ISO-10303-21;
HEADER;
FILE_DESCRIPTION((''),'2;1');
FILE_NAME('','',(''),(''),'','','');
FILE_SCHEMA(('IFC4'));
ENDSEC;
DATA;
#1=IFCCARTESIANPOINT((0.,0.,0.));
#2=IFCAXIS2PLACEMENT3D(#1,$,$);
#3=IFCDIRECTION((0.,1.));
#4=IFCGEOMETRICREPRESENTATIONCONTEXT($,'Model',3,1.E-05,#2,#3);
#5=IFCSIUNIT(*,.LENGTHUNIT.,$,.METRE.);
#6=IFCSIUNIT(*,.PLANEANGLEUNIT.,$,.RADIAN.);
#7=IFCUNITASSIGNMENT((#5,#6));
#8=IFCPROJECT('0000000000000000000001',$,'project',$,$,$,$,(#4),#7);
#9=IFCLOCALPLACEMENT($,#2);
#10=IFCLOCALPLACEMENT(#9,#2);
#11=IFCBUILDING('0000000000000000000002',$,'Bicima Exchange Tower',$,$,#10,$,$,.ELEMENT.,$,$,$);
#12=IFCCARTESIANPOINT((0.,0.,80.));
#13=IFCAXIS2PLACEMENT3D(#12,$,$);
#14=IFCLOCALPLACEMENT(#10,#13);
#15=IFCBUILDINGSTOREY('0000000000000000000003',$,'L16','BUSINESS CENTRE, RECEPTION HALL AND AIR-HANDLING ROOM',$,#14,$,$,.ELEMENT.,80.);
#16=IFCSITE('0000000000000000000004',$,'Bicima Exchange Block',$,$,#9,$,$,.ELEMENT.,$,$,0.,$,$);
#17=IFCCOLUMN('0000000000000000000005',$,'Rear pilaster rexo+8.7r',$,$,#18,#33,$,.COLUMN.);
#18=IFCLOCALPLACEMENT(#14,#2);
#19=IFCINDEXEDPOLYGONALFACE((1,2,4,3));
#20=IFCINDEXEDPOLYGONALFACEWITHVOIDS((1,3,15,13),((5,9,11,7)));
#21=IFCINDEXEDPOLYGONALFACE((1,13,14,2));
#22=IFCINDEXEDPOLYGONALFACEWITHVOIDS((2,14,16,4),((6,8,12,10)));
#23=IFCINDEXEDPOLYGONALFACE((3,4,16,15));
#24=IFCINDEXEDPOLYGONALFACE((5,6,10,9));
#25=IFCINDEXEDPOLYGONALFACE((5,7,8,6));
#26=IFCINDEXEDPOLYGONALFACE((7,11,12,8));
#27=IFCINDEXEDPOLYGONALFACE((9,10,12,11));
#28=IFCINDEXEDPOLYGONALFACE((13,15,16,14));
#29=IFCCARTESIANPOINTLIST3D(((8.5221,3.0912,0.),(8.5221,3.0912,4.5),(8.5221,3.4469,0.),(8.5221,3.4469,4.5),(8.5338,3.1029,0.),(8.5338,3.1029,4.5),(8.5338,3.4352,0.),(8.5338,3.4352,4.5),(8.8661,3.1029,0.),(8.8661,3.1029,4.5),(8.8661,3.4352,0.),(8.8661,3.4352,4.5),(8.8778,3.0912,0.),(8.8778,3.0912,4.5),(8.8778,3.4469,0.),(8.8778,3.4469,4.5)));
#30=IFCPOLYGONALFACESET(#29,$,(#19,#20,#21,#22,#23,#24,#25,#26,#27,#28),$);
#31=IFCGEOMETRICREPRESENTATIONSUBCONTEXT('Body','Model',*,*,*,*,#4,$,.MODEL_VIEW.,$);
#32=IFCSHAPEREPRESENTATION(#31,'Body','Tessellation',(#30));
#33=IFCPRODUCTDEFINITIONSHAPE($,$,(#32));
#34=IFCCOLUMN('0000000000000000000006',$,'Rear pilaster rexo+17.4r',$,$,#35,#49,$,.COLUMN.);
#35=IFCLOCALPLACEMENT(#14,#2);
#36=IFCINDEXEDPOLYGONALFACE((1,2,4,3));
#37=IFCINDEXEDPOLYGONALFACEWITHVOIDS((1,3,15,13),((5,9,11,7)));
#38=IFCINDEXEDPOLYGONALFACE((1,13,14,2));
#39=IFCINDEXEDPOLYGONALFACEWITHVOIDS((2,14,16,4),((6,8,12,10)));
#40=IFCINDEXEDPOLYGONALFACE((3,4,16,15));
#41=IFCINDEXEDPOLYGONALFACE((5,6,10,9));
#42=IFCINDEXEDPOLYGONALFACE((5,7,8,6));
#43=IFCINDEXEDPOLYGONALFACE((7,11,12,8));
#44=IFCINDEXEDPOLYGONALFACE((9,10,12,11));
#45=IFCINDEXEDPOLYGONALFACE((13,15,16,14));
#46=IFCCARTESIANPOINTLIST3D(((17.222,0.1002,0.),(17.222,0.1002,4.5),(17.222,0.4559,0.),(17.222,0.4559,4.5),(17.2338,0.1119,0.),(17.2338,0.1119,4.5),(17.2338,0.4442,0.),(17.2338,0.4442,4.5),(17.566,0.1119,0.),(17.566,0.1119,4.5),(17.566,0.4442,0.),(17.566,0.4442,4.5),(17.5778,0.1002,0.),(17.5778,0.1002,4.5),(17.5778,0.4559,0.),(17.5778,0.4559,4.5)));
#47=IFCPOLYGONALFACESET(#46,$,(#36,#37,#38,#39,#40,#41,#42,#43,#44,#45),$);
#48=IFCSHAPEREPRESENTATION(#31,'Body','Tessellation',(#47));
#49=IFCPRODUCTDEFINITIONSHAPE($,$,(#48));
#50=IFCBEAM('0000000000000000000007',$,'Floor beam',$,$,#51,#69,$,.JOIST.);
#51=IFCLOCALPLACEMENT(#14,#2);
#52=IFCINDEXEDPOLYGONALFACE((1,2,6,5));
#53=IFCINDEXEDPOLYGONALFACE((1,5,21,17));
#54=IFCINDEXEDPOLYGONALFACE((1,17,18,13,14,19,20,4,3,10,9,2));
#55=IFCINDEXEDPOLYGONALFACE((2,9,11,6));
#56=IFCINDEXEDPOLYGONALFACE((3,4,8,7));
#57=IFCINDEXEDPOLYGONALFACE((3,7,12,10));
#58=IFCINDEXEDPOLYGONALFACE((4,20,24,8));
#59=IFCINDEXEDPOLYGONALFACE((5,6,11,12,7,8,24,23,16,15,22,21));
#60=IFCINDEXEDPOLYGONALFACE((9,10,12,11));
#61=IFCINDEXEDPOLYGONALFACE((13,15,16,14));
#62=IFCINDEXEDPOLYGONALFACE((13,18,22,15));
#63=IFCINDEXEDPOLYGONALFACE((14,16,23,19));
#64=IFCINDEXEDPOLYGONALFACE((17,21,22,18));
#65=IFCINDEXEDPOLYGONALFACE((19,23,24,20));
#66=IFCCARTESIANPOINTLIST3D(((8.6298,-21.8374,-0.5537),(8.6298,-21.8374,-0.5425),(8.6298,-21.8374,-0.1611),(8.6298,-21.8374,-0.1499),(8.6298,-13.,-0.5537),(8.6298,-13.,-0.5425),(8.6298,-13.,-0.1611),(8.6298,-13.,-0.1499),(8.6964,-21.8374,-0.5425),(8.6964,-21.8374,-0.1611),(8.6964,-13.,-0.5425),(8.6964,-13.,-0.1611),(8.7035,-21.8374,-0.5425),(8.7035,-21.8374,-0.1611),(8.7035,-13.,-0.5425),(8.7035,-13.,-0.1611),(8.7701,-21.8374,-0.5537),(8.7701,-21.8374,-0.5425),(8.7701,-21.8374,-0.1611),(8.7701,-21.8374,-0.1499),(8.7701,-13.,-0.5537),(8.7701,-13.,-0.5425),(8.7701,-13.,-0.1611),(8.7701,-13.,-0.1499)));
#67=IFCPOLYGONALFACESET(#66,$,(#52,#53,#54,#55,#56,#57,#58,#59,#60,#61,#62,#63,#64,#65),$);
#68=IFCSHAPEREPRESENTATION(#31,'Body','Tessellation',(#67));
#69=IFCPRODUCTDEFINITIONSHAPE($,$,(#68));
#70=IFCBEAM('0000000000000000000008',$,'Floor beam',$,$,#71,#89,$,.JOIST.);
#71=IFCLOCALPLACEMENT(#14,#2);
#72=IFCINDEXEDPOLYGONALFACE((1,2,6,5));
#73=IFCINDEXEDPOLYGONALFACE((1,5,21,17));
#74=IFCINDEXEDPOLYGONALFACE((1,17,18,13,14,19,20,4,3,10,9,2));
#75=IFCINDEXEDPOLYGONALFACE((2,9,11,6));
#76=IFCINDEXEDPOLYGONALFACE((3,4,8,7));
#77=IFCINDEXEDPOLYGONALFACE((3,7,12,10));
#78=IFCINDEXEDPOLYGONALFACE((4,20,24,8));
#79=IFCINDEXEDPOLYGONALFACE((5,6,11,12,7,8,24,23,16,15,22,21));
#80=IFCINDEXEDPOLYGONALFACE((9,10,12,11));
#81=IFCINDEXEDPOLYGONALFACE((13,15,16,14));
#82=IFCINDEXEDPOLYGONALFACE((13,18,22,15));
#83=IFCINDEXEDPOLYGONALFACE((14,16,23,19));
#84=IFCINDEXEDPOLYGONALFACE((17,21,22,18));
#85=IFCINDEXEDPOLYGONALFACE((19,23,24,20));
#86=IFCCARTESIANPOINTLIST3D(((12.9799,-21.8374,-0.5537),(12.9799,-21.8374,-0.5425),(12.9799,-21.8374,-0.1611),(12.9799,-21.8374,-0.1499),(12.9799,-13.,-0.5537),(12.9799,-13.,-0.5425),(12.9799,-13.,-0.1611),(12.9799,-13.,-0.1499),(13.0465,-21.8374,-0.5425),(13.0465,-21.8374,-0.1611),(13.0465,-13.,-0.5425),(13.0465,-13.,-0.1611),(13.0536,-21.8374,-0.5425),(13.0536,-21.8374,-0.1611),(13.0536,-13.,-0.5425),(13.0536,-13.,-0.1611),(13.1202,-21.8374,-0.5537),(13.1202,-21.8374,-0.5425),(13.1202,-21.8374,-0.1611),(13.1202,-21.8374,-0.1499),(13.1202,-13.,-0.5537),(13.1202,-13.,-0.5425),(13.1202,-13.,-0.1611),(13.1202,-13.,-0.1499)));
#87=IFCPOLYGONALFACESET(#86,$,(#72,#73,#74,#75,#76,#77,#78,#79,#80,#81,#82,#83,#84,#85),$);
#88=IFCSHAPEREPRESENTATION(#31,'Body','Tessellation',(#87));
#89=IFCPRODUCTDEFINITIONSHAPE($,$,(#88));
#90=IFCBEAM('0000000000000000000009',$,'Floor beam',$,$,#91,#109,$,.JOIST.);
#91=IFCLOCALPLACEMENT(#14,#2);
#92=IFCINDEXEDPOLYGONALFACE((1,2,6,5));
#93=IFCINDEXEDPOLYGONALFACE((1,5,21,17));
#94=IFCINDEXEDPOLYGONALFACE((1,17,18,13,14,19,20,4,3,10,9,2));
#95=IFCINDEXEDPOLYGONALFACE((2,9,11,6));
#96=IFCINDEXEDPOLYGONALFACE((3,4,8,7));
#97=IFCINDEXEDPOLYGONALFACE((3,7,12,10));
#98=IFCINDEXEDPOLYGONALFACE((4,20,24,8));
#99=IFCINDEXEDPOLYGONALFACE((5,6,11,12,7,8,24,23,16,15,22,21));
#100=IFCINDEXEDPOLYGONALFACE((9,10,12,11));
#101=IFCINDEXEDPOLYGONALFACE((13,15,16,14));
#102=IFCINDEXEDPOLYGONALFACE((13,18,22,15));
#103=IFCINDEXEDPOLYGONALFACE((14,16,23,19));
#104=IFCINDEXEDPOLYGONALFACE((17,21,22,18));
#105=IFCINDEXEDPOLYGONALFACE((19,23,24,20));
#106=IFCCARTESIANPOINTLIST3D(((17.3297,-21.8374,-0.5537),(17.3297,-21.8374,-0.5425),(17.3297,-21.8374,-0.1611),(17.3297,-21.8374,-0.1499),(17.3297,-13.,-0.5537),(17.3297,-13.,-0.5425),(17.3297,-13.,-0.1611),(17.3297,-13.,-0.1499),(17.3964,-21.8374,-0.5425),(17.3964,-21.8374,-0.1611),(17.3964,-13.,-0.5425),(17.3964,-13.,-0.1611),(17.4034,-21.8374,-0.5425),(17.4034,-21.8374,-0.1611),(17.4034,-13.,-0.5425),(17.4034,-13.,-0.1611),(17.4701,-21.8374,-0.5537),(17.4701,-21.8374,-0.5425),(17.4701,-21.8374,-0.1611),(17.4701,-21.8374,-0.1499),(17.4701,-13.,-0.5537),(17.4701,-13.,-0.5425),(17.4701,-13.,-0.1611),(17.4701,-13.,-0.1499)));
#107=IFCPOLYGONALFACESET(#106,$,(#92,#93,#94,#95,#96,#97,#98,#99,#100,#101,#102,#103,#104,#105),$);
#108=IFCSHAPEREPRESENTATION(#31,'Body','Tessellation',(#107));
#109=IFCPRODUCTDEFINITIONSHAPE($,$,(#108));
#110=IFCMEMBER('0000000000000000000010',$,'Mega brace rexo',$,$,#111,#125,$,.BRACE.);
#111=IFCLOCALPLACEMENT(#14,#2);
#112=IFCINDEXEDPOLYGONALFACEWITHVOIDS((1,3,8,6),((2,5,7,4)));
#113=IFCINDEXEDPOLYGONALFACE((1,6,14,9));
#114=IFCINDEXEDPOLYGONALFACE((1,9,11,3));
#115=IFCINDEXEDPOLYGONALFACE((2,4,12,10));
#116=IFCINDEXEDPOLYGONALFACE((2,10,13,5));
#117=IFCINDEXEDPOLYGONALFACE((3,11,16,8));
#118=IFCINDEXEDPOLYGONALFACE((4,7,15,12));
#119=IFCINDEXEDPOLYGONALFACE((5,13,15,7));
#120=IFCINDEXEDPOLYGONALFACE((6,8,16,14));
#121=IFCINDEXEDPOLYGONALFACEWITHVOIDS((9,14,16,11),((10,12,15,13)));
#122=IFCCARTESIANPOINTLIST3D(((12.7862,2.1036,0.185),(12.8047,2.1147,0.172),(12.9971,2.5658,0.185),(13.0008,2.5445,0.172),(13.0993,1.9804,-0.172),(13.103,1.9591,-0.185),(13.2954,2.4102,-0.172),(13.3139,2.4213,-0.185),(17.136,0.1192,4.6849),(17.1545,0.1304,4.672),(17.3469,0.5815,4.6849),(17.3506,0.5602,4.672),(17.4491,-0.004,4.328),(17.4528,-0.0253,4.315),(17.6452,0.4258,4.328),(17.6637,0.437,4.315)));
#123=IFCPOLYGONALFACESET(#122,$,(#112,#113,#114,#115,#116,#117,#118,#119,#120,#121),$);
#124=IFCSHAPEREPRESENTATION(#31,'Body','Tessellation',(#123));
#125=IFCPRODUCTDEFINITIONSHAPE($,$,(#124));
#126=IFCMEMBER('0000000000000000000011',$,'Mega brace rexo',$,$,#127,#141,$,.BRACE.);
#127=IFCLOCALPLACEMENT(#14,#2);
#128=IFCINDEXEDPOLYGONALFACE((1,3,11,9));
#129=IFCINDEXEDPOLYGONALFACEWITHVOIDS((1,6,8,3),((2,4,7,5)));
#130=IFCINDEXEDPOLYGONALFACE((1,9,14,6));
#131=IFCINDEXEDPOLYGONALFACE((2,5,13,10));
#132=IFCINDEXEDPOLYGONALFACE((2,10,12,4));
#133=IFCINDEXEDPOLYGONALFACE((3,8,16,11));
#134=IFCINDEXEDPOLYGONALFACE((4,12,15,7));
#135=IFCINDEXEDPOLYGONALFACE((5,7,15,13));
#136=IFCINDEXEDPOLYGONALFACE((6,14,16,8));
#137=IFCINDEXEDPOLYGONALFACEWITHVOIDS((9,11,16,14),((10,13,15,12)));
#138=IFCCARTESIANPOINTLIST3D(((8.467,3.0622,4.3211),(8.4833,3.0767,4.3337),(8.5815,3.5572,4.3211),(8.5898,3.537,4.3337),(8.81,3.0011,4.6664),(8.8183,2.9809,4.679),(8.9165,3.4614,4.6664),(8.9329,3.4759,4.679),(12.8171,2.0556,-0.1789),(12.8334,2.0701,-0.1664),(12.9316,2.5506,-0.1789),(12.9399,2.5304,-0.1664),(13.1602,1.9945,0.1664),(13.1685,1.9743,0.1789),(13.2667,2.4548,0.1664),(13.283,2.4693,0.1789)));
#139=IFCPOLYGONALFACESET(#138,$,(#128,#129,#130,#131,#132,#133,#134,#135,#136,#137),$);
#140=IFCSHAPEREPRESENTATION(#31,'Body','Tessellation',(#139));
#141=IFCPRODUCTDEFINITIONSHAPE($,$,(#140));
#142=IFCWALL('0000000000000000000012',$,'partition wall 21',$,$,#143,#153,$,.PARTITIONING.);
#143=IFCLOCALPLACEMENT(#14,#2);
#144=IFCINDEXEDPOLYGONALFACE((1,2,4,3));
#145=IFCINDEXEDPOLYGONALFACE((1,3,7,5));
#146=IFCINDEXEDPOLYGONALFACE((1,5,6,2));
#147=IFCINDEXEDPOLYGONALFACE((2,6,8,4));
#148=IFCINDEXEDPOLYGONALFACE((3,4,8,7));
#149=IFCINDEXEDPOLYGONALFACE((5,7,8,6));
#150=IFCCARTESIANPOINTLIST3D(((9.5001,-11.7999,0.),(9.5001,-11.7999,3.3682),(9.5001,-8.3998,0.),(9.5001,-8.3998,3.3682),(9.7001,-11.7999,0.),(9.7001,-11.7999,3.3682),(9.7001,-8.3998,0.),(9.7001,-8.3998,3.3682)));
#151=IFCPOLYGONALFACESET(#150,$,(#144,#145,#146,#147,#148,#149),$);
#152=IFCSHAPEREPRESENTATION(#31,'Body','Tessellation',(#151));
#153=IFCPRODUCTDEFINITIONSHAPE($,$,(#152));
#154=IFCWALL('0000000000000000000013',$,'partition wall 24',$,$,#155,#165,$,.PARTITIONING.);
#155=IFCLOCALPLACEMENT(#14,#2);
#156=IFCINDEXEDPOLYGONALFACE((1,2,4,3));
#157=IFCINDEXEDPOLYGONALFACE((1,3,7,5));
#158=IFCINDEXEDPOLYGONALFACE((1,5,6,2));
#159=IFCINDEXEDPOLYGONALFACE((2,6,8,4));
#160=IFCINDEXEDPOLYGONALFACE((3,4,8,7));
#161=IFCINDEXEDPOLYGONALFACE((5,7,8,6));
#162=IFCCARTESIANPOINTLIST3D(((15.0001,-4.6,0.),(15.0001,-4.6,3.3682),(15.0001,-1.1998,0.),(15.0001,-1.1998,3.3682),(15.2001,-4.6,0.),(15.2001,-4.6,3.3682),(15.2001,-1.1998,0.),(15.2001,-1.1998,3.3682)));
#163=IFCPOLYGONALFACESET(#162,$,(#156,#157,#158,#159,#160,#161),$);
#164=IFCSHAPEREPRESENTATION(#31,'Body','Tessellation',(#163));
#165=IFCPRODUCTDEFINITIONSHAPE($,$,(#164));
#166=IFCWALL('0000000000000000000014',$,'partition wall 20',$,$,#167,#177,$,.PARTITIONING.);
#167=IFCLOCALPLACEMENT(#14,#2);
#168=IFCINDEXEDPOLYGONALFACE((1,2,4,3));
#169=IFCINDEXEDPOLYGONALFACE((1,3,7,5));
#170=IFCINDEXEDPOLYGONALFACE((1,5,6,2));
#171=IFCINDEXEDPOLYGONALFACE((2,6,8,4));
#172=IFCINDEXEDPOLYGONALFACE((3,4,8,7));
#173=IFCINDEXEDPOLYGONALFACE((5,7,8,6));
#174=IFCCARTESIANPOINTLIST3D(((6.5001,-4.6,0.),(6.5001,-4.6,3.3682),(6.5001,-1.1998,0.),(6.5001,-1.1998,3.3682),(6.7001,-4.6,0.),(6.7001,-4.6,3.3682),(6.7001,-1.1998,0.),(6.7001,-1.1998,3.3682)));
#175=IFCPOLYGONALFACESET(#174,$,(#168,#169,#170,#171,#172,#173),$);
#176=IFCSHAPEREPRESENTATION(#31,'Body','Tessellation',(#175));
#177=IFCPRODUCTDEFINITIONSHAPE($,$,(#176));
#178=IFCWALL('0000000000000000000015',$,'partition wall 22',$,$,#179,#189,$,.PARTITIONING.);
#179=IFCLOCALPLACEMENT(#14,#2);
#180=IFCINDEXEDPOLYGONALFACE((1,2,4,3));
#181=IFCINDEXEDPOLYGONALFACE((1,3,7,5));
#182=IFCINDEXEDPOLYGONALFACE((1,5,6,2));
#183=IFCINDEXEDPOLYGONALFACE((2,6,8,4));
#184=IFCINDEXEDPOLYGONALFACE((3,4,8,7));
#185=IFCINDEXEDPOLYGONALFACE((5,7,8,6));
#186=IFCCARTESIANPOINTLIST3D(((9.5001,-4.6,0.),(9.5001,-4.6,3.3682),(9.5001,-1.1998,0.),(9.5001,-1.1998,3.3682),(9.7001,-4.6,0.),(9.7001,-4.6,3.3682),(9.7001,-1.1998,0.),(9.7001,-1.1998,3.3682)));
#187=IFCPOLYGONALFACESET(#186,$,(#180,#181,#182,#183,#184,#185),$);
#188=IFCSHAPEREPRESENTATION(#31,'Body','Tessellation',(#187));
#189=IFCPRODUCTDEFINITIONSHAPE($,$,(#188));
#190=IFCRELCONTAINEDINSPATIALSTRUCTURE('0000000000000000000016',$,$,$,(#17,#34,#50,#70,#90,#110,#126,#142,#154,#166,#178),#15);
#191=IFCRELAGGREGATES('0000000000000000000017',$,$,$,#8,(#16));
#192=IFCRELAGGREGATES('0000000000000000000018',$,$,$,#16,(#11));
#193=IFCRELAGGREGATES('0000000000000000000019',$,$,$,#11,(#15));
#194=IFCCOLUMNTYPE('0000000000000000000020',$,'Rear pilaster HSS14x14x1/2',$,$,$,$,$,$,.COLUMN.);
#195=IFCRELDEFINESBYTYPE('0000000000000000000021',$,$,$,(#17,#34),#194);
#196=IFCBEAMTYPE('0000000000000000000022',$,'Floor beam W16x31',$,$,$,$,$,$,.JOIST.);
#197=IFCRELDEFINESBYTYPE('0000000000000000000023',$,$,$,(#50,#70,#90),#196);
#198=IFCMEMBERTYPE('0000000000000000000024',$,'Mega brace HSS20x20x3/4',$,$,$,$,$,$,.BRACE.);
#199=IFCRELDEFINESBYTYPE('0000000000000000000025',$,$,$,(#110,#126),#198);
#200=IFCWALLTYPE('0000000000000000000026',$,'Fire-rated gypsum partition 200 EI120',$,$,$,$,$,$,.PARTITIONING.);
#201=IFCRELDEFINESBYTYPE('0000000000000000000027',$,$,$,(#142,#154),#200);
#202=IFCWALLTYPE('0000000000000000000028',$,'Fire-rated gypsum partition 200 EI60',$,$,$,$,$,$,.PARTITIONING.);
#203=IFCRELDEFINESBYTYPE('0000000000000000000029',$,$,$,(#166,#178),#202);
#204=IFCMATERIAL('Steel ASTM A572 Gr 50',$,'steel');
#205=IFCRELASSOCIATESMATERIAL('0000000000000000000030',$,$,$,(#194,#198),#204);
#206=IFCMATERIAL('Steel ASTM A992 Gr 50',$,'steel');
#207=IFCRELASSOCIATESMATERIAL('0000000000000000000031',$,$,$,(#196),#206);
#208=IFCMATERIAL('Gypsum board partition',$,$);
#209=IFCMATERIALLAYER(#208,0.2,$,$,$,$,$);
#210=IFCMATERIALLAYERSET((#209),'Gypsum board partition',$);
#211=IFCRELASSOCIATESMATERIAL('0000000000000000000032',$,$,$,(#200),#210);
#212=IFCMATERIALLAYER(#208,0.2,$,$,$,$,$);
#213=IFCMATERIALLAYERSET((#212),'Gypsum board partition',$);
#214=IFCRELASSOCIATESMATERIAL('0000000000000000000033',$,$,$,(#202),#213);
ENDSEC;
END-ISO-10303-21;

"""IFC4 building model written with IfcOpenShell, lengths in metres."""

from ifc_helpers import new_model, si_unit, direction, frame, frame_2d, origin, origin_2d, place, context, subcontext, project, spatial, rectangle, hollow_rectangle, i_section, extrude, material, layer, layer_set, material_profile, profile_set, type_object, element, save


model = new_model("IFC4")

# Units and contexts
model_context = context("Model", 3, precision=1e-05, world=origin(), true_north=direction((0.0, 1.0)))
body_context = subcontext(model_context, "Body", "Model", "MODEL_VIEW")
ifc_project = project(units=[si_unit("LENGTHUNIT", "METRE"), si_unit("PLANEANGLEUNIT", "RADIAN")], contexts=[model_context])

# Site, building, storey
site_placement = place(None, origin())
site = spatial("IfcSite", under=ifc_project, at=site_placement, Name="Bicima Exchange Block", CompositionType="ELEMENT", RefElevation=0.0)
building_placement = place(site_placement, origin())
building = spatial("IfcBuilding", under=site, at=building_placement, Name="Bicima Exchange Tower", CompositionType="ELEMENT")
storey_placement = place(building_placement, frame((0.0, 0.0, 80.0)))
storey = spatial("IfcBuildingStorey", under=building, at=storey_placement, Name="L16", Description="BUSINESS CENTRE, RECEPTION HALL AND AIR-HANDLING ROOM", CompositionType="ELEMENT", Elevation=80.0)

# Columns
ifc_material_1 = material(Name="Steel ASTM A572 Gr 50", Category="steel")
ifc_material_profile_1 = material_profile(ifc_material_1, hollow_rectangle(XDim=0.3557, YDim=0.3557, WallThickness=0.0117, at=origin_2d()))
ifc_profile_set_1 = profile_set([ifc_material_profile_1], Name="Steel ASTM A572 Gr 50")
column_type = type_object("IfcColumnType", Name="Rear pilaster HSS14x14x1/2", PredefinedType="COLUMN", material=ifc_profile_set_1)
for number, where, z_axis, x_axis, name in (
    (1, (8.7, 3.269, 0.0), (0.0, 0.0, 1.0), (1.0, 0.0, 0.0), "Rear pilaster rexo+8.7r"),
    (2, (17.3999, 0.2781, 0.0), (0.0, 0.0, 1.0), (1.0, 0.0, 0.0), "Rear pilaster rexo+17.4r"),
):
    element("IfcColumn", number, at=place(storey_placement, frame(where, z_axis=z_axis, x_axis=x_axis)), inside=storey, type_object=column_type, Name=name, PredefinedType="COLUMN", context=body_context, shape_type="SweptSolid", body=[
        extrude(hollow_rectangle(XDim=0.3557, YDim=0.3557, WallThickness=0.0117, at=origin_2d()), origin(), (0.0, 0.0, 1.0), 4.5),
    ])

# Beams
ifc_material_2 = material(Name="Steel ASTM A992 Gr 50", Category="steel")
ifc_material_profile_2 = material_profile(ifc_material_2, i_section(OverallWidth=0.1404, OverallDepth=0.4038, WebThickness=0.0071, FlangeThickness=0.0112, at=origin_2d()))
ifc_profile_set_2 = profile_set([ifc_material_profile_2], Name="Steel ASTM A992 Gr 50")
beam_type = type_object("IfcBeamType", Name="Floor beam W16x31", PredefinedType="JOIST", material=ifc_profile_set_2)
for number, where, z_axis, x_axis, name in (
    (3, (8.7, -13.0, -0.3518), (0.0, -1.0, 0.0), (1.0, 0.0, 0.0), "Floor beam"),
    (4, (13.05, -13.0, -0.3518), (0.0, -1.0, 0.0), (1.0, 0.0, 0.0), "Floor beam"),
    (5, (17.3999, -13.0, -0.3518), (0.0, -1.0, 0.0), (1.0, 0.0, 0.0), "Floor beam"),
):
    element("IfcBeam", number, at=place(storey_placement, frame(where, z_axis=z_axis, x_axis=x_axis)), inside=storey, type_object=beam_type, Name=name, PredefinedType="JOIST", context=body_context, shape_type="SweptSolid", body=[
        extrude(i_section(OverallWidth=0.1404, OverallDepth=0.4038, WebThickness=0.0071, FlangeThickness=0.0112, at=origin_2d()), origin(), (0.0, 0.0, 1.0), 8.8374),
    ])

# Members
ifc_material_profile_3 = material_profile(ifc_material_1, hollow_rectangle(XDim=0.5081, YDim=0.5081, WallThickness=0.0178, at=origin_2d()))
ifc_profile_set_3 = profile_set([ifc_material_profile_3], Name="Steel ASTM A572 Gr 50")
member_type = type_object("IfcMemberType", Name="Mega brace HSS20x20x3/4", PredefinedType="BRACE", material=ifc_profile_set_3)
member_1_placement = place(storey_placement, frame((13.05, 2.2625, 0.0), z_axis=(0.662508, -0.302232, 0.685376), x_axis=(0.415045, 0.909801, 0.0)))
element("IfcMember", 6, at=member_1_placement, inside=storey, type_object=member_type, Name="Mega brace rexo", PredefinedType="BRACE", context=body_context, shape_type="SweptSolid", body=[
    extrude(hollow_rectangle(XDim=0.5081, YDim=0.5081, WallThickness=0.0178, at=origin_2d()), origin(), (0.0, 0.0, 1.0), 6.5657),
])
member_2_placement = place(storey_placement, frame((13.05, 2.2625, 0.0), z_axis=(-0.686212, 0.158786, 0.709859), x_axis=(-0.225439, -0.974257, 0.0)))
element("IfcMember", 7, at=member_2_placement, inside=storey, type_object=member_type, Name="Mega brace rexo", PredefinedType="BRACE", context=body_context, shape_type="SweptSolid", body=[
    extrude(hollow_rectangle(XDim=0.5081, YDim=0.5081, WallThickness=0.0178, at=origin_2d()), origin(), (0.0, 0.0, 1.0), 6.3394),
])

# Walls
ifc_material_3 = material(Name="Gypsum board partition")
ifc_layer_1 = layer(ifc_material_3, 0.2)
ifc_layer_set_1 = layer_set([ifc_layer_1], Name="Gypsum board partition")
wall_type_1 = type_object("IfcWallType", Name="Fire-rated gypsum partition 200 EI120", PredefinedType="PARTITIONING", material=ifc_layer_set_1)
for number, where, z_axis, x_axis, name in (
    (8, (9.6001, -11.8, 0.0), (0.0, 0.0, 1.0), (0.0, 1.0, 0.0), "partition wall 21"),
    (9, (15.1001, -4.6001, 0.0), (0.0, 0.0, 1.0), (0.0, 1.0, 0.0), "partition wall 24"),
):
    element("IfcWall", number, at=place(storey_placement, frame(where, z_axis=z_axis, x_axis=x_axis)), inside=storey, type_object=wall_type_1, Name=name, PredefinedType="PARTITIONING", context=body_context, shape_type="SweptSolid", body=[
        extrude(rectangle(XDim=3.4001, YDim=0.2, at=frame_2d((1.7002, 0.0))), origin(), (0.0, 0.0, 1.0), 3.3682),
    ])
ifc_layer_2 = layer(ifc_material_3, 0.2)
ifc_layer_set_2 = layer_set([ifc_layer_2], Name="Gypsum board partition")
wall_type_2 = type_object("IfcWallType", Name="Fire-rated gypsum partition 200 EI60", PredefinedType="PARTITIONING", material=ifc_layer_set_2)
for number, where, z_axis, x_axis, name in (
    (10, (6.6001, -4.6001, 0.0), (0.0, 0.0, 1.0), (0.0, 1.0, 0.0), "partition wall 20"),
    (11, (9.6001, -4.6001, 0.0), (0.0, 0.0, 1.0), (0.0, 1.0, 0.0), "partition wall 22"),
):
    element("IfcWall", number, at=place(storey_placement, frame(where, z_axis=z_axis, x_axis=x_axis)), inside=storey, type_object=wall_type_2, Name=name, PredefinedType="PARTITIONING", context=body_context, shape_type="SweptSolid", body=[
        extrude(rectangle(XDim=3.4001, YDim=0.2, at=frame_2d((1.7002, 0.0))), origin(), (0.0, 0.0, 1.0), 3.3682),
    ])

save(model, "model.ifc")
